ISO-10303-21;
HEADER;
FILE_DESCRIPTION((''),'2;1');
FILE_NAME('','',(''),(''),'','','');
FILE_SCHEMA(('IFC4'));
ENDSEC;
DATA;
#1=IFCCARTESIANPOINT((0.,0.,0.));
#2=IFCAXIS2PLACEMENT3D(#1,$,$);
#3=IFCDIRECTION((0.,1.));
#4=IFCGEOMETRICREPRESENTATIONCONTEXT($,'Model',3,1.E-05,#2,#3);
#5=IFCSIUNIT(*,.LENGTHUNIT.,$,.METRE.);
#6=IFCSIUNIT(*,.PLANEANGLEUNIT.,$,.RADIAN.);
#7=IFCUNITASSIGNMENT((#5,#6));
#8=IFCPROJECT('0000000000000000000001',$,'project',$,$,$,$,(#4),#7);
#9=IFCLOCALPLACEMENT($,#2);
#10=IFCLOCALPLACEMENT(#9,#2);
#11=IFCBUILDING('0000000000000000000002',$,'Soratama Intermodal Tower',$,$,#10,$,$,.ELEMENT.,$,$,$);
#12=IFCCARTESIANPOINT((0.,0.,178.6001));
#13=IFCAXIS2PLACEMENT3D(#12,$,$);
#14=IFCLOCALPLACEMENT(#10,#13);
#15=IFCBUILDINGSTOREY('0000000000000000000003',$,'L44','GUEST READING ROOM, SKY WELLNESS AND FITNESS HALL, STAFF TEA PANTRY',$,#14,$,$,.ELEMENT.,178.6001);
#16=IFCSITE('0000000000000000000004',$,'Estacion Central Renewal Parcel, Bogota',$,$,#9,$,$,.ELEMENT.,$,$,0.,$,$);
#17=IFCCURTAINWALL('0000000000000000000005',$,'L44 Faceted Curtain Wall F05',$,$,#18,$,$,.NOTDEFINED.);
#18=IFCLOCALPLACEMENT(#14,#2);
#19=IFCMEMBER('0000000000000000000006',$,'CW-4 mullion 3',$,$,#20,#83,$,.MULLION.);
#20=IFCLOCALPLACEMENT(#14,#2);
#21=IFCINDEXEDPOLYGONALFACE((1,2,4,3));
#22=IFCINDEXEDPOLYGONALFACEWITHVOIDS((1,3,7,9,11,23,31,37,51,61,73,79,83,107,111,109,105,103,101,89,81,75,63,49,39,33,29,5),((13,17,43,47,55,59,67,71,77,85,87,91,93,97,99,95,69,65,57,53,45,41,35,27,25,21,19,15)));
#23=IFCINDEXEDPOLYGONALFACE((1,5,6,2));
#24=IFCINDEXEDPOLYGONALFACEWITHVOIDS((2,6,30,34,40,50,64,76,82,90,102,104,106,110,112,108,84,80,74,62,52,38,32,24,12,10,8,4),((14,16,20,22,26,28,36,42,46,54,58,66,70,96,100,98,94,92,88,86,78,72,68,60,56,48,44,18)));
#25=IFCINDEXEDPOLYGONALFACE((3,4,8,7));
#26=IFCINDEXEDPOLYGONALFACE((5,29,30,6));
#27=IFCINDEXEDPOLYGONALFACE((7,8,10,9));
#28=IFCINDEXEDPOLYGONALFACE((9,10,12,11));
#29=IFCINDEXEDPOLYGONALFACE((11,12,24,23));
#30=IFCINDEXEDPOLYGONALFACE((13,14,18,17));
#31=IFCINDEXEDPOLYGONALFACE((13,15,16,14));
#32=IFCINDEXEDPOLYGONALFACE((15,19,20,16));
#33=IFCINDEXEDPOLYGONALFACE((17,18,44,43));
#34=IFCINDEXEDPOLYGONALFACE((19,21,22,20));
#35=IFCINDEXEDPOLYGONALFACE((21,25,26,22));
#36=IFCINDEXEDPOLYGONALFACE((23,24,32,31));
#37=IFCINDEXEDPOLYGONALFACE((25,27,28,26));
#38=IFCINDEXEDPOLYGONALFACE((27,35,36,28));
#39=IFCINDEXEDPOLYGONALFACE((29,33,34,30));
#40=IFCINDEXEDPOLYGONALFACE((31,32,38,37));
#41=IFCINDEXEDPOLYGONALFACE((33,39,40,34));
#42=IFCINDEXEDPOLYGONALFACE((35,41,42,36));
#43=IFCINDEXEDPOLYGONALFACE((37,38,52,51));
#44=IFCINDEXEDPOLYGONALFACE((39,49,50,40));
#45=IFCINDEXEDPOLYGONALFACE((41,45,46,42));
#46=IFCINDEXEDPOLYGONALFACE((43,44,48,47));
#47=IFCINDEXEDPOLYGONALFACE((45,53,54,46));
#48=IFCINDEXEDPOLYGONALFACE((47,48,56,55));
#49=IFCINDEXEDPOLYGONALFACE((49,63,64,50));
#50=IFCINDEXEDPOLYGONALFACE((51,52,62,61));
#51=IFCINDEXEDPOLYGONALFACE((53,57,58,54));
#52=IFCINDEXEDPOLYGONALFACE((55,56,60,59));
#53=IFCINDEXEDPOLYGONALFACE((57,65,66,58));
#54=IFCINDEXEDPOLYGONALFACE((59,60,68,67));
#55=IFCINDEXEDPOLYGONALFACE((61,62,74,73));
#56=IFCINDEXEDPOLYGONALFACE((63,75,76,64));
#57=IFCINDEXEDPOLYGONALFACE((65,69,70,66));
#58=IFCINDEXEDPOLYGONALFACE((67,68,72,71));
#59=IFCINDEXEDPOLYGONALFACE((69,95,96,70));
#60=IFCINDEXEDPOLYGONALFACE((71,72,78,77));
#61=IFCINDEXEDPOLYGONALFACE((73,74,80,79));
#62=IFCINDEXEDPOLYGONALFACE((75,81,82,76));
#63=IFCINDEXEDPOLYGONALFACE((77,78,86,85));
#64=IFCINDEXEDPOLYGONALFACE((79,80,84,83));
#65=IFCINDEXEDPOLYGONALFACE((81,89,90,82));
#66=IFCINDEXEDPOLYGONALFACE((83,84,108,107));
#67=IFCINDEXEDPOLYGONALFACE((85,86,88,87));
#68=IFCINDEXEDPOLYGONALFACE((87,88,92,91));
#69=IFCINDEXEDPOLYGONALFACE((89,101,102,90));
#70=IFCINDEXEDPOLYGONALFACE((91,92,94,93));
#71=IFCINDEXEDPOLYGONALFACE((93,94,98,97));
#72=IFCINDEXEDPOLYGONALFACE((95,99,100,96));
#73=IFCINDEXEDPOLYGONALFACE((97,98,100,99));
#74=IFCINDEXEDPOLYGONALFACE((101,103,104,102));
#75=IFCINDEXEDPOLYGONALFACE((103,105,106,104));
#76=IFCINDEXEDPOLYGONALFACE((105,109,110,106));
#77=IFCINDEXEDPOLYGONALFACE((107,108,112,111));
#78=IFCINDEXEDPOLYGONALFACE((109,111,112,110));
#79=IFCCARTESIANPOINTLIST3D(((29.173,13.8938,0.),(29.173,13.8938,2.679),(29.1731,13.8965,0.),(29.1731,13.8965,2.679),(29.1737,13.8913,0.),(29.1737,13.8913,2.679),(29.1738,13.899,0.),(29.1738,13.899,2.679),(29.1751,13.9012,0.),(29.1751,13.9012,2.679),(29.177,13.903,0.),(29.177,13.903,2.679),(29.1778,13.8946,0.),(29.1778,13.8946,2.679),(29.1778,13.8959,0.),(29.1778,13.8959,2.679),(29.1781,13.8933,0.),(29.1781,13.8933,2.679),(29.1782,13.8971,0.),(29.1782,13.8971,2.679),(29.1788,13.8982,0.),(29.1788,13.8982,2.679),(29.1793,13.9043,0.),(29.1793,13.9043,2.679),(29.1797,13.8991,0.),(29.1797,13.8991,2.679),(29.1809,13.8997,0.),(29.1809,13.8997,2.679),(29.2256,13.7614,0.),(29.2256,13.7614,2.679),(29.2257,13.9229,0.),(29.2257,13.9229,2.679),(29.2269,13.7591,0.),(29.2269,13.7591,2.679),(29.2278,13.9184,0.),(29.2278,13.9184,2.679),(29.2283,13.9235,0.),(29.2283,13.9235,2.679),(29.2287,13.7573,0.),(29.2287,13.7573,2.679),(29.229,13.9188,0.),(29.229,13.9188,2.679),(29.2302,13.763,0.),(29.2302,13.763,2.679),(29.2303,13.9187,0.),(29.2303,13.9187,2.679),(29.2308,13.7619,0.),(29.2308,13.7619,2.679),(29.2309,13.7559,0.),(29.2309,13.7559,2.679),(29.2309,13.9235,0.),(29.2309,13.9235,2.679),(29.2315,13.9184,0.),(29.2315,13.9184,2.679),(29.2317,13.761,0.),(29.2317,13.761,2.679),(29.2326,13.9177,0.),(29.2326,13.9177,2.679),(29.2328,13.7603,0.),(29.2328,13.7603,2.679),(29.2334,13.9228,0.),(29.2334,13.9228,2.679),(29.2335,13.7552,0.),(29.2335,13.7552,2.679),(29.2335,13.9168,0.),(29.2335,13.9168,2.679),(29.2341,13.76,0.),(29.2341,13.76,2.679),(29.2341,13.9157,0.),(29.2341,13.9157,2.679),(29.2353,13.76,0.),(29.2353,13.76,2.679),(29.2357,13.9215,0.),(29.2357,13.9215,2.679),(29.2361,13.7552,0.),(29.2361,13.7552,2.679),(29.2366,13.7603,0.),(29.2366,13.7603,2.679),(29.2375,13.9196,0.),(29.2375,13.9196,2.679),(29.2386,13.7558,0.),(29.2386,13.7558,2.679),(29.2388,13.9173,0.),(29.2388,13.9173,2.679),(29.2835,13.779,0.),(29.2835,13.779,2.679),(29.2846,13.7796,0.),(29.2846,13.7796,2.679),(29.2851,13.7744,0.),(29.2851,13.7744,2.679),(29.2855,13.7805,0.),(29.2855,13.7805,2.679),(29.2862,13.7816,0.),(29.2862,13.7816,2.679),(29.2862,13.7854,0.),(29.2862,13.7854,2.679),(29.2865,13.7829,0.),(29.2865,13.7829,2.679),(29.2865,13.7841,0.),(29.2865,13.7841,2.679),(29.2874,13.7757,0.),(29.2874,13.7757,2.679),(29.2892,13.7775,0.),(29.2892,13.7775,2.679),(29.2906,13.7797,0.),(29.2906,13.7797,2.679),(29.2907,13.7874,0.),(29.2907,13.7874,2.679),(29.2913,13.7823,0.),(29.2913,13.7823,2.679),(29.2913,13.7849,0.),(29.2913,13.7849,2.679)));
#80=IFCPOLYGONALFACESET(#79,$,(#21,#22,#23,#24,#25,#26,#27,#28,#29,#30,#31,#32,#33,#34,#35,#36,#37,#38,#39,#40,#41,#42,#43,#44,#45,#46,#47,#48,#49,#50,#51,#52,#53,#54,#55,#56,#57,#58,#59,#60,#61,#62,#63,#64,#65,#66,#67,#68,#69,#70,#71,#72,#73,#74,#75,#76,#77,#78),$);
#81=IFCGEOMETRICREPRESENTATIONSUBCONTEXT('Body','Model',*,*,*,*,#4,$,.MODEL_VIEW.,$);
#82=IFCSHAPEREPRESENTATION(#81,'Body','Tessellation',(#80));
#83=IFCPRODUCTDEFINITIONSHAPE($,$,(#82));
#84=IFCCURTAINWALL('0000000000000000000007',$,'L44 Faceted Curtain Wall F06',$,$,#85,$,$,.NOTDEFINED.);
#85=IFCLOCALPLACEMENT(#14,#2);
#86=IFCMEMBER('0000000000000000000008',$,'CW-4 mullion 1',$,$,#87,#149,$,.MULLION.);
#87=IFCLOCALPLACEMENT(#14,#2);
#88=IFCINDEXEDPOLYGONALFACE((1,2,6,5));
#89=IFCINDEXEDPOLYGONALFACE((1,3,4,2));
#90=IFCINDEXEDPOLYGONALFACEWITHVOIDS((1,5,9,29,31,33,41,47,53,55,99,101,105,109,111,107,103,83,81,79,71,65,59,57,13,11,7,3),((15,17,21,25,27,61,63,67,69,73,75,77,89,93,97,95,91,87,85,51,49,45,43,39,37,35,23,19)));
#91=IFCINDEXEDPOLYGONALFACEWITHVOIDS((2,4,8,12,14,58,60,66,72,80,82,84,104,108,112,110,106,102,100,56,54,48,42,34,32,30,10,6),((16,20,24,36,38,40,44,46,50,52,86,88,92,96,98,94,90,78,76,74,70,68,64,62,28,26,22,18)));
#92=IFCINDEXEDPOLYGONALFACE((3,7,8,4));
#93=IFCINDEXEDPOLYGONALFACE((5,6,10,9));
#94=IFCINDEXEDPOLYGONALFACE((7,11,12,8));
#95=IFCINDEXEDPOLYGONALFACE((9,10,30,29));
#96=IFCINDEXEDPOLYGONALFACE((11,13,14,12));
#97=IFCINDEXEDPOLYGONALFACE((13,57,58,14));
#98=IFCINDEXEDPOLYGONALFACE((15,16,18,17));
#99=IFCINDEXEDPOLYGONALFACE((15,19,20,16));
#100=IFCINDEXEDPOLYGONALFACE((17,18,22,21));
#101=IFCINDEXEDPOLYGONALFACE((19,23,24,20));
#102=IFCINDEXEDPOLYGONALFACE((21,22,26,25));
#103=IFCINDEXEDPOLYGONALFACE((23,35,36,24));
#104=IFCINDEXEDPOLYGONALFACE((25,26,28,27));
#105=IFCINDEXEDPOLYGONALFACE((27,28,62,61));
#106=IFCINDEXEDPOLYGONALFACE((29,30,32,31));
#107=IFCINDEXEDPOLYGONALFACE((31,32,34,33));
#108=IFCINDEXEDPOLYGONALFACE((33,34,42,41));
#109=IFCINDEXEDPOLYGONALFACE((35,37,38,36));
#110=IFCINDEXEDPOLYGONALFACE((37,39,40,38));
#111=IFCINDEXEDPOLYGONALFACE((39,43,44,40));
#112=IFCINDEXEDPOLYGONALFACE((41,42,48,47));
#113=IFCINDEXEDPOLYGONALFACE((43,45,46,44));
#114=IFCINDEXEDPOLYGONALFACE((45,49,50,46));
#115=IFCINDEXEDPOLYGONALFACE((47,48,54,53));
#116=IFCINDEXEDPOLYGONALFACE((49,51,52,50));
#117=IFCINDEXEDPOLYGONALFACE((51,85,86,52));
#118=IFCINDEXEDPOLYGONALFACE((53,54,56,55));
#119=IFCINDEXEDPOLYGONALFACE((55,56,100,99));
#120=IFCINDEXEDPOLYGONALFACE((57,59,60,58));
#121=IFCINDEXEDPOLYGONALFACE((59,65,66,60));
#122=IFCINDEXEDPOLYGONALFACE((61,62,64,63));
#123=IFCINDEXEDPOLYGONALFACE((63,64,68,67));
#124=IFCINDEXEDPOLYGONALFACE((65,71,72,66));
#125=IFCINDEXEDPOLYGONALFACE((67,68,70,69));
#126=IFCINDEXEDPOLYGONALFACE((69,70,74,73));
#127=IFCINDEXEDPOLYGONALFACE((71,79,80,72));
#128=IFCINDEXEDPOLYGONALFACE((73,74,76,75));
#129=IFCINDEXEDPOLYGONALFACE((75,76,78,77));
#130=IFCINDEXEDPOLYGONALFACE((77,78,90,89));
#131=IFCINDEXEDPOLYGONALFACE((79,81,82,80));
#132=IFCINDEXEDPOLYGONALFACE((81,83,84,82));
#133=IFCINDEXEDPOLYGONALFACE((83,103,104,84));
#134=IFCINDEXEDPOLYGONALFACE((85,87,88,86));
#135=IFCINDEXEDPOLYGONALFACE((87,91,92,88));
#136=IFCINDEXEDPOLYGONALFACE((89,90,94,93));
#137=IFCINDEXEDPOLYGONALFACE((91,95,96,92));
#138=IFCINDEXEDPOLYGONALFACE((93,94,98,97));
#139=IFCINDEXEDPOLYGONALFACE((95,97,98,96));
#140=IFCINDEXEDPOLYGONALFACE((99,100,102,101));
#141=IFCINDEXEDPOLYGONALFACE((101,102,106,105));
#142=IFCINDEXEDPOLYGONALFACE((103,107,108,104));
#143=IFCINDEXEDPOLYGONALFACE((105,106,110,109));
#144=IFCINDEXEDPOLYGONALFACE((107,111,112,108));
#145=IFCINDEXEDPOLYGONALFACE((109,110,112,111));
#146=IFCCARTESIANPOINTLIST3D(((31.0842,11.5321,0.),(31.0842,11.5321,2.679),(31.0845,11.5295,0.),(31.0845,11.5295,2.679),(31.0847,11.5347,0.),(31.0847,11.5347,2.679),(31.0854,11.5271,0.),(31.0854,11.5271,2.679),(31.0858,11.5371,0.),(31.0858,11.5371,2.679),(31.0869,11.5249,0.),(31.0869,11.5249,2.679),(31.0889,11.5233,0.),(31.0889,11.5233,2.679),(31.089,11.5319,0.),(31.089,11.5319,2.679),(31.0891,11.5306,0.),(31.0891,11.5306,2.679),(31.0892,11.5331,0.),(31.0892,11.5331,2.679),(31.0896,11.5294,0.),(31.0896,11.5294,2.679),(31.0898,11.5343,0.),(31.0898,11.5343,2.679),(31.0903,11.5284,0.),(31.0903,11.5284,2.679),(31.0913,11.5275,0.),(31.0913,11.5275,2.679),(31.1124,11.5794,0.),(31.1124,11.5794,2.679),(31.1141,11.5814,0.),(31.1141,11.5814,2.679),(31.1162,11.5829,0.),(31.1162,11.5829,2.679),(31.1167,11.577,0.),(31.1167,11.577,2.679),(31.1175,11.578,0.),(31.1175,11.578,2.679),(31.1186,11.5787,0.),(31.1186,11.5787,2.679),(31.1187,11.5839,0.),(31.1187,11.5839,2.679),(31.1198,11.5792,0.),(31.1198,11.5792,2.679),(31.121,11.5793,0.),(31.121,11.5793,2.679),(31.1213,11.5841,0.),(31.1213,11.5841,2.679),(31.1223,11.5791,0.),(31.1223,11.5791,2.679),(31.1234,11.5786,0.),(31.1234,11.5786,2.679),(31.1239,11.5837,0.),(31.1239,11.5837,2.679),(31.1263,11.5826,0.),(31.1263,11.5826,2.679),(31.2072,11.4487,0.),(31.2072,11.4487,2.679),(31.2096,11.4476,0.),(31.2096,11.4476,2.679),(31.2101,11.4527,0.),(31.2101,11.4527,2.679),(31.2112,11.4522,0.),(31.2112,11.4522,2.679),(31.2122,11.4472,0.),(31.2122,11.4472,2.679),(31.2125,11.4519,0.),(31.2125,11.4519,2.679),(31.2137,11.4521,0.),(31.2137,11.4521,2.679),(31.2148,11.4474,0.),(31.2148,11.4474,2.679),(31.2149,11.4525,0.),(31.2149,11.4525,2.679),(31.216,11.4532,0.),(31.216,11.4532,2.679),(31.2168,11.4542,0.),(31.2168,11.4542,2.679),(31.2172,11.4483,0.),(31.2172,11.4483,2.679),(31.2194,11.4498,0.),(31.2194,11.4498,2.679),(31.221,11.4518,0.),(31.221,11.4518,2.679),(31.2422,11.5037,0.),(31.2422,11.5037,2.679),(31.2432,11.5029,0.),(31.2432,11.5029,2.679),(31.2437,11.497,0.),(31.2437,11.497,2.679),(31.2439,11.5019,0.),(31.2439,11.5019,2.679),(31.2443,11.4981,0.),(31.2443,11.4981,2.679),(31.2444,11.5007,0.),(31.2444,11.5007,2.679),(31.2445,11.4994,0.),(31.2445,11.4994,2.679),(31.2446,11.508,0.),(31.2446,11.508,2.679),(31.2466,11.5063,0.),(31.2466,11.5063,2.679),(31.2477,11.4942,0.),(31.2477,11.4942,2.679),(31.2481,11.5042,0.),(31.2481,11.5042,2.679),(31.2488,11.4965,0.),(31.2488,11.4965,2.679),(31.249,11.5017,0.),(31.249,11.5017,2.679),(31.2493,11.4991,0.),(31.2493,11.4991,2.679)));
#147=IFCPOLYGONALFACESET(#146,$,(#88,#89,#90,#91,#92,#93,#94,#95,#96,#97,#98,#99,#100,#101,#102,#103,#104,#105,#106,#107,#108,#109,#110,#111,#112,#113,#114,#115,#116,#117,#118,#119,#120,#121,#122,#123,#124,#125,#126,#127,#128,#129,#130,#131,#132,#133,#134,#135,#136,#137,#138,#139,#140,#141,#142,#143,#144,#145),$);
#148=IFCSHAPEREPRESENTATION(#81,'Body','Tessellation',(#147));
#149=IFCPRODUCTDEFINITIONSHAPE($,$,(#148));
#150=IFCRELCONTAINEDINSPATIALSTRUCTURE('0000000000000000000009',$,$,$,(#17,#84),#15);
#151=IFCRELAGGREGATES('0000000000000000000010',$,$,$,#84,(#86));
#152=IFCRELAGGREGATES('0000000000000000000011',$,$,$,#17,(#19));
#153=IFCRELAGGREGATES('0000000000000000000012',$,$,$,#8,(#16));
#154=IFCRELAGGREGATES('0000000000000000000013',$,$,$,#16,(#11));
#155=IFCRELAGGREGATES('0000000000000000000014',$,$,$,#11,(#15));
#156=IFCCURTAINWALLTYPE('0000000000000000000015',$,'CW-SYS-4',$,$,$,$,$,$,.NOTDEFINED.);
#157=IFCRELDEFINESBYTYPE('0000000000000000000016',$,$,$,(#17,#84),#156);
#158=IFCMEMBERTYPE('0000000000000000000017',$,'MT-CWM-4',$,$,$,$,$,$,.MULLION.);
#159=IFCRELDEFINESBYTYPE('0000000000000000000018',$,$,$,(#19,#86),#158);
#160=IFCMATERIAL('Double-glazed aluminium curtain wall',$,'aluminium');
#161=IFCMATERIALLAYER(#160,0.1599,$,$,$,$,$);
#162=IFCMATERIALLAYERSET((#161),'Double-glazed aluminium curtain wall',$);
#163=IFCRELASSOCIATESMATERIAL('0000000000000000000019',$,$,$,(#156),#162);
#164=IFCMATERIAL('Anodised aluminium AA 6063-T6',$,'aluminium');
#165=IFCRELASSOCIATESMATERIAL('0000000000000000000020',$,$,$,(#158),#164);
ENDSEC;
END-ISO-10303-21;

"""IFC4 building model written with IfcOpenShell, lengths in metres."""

from ifc_helpers import new_model, si_unit, direction, frame, origin, origin_2d, place, context, subcontext, project, spatial, hollow_rectangle, extrude, material, layer, layer_set, material_profile, profile_set, type_object, element, aggregate, save


model = new_model("IFC4")

# Units and contexts
model_context = context("Model", 3, precision=1e-05, world=origin(), true_north=direction((0.0, 1.0)))
body_context = subcontext(model_context, "Body", "Model", "MODEL_VIEW")
ifc_project = project(units=[si_unit("LENGTHUNIT", "METRE"), si_unit("PLANEANGLEUNIT", "RADIAN")], contexts=[model_context])

# Site, building, storey
site_placement = place(None, origin())
site = spatial("IfcSite", under=ifc_project, at=site_placement, Name="Estacion Central Renewal Parcel, Bogota", CompositionType="ELEMENT", RefElevation=0.0)
building_placement = place(site_placement, origin())
building = spatial("IfcBuilding", under=site, at=building_placement, Name="Soratama Intermodal Tower", CompositionType="ELEMENT")
storey_placement = place(building_placement, frame((0.0, 0.0, 178.6001)))
storey = spatial("IfcBuildingStorey", under=building, at=storey_placement, Name="L44", Description="GUEST READING ROOM, SKY WELLNESS AND FITNESS HALL, STAFF TEA PANTRY", CompositionType="ELEMENT", Elevation=178.6001)

# Curtain wall, member
ifc_material_1 = material(Name="Double-glazed aluminium curtain wall", Category="aluminium")
ifc_layer_1 = layer(ifc_material_1, 0.1599)
ifc_layer_set_1 = layer_set([ifc_layer_1], Name="Double-glazed aluminium curtain wall")
curtain_wall_type = type_object("IfcCurtainWallType", Name="CW-SYS-4", PredefinedType="NOTDEFINED", material=ifc_layer_set_1)
curtain_wall_1_placement = place(storey_placement, origin())
curtain_wall_1 = element("IfcCurtainWall", 1, at=curtain_wall_1_placement, inside=storey, type_object=curtain_wall_type, Name="L44 Faceted Curtain Wall F05", PredefinedType="NOTDEFINED")
ifc_material_2 = material(Name="Anodised aluminium AA 6063-T6", Category="aluminium")
ifc_material_profile_1 = material_profile(ifc_material_2, hollow_rectangle(XDim=0.0701, YDim=0.1599, WallThickness=0.0049, InnerFilletRadius=0.0049, OuterFilletRadius=0.01, at=origin_2d()), Name="CWM160X70X5")
ifc_profile_set_1 = profile_set([ifc_material_profile_1], Name="Anodised aluminium AA 6063-T6")
member_type_1 = type_object("IfcMemberType", Name="MT-CWM-4", PredefinedType="MULLION", material=ifc_profile_set_1)
member_1_placement = place(storey_placement, frame((29.2322, 13.8394, 0.0), z_axis=(0.0, 0.0, 1.0), x_axis=(0.928618, 0.371038, 0.0)))
member_1 = element("IfcMember", 2, at=member_1_placement, type_object=member_type_1, Name="CW-4 mullion 3", PredefinedType="MULLION", context=body_context, shape_type="SweptSolid", body=[
    extrude(hollow_rectangle(XDim=0.0701, YDim=0.1599, WallThickness=0.0049, InnerFilletRadius=0.0049, OuterFilletRadius=0.01, at=origin_2d()), origin(), (0.0, 0.0, 1.0), 2.679),
])

# Curtain wall, member
curtain_wall_2_placement = place(storey_placement, origin())
curtain_wall_2 = element("IfcCurtainWall", 3, at=curtain_wall_2_placement, inside=storey, type_object=curtain_wall_type, Name="L44 Faceted Curtain Wall F06", PredefinedType="NOTDEFINED")
member_2_placement = place(storey_placement, frame((31.1667, 11.5156, 0.0), z_axis=(0.0, 0.0, 1.0), x_axis=(0.533168, 0.84601, 0.0)))
member_2 = element("IfcMember", 4, at=member_2_placement, type_object=member_type_1, Name="CW-4 mullion 1", PredefinedType="MULLION", context=body_context, shape_type="SweptSolid", body=[
    extrude(hollow_rectangle(XDim=0.0701, YDim=0.1599, WallThickness=0.0049, InnerFilletRadius=0.0049, OuterFilletRadius=0.01, at=origin_2d()), origin(), (0.0, 0.0, 1.0), 2.679),
])
aggregate(curtain_wall_2, [member_2])

aggregate(curtain_wall_1, [member_1])

save(model, "model.ifc")
